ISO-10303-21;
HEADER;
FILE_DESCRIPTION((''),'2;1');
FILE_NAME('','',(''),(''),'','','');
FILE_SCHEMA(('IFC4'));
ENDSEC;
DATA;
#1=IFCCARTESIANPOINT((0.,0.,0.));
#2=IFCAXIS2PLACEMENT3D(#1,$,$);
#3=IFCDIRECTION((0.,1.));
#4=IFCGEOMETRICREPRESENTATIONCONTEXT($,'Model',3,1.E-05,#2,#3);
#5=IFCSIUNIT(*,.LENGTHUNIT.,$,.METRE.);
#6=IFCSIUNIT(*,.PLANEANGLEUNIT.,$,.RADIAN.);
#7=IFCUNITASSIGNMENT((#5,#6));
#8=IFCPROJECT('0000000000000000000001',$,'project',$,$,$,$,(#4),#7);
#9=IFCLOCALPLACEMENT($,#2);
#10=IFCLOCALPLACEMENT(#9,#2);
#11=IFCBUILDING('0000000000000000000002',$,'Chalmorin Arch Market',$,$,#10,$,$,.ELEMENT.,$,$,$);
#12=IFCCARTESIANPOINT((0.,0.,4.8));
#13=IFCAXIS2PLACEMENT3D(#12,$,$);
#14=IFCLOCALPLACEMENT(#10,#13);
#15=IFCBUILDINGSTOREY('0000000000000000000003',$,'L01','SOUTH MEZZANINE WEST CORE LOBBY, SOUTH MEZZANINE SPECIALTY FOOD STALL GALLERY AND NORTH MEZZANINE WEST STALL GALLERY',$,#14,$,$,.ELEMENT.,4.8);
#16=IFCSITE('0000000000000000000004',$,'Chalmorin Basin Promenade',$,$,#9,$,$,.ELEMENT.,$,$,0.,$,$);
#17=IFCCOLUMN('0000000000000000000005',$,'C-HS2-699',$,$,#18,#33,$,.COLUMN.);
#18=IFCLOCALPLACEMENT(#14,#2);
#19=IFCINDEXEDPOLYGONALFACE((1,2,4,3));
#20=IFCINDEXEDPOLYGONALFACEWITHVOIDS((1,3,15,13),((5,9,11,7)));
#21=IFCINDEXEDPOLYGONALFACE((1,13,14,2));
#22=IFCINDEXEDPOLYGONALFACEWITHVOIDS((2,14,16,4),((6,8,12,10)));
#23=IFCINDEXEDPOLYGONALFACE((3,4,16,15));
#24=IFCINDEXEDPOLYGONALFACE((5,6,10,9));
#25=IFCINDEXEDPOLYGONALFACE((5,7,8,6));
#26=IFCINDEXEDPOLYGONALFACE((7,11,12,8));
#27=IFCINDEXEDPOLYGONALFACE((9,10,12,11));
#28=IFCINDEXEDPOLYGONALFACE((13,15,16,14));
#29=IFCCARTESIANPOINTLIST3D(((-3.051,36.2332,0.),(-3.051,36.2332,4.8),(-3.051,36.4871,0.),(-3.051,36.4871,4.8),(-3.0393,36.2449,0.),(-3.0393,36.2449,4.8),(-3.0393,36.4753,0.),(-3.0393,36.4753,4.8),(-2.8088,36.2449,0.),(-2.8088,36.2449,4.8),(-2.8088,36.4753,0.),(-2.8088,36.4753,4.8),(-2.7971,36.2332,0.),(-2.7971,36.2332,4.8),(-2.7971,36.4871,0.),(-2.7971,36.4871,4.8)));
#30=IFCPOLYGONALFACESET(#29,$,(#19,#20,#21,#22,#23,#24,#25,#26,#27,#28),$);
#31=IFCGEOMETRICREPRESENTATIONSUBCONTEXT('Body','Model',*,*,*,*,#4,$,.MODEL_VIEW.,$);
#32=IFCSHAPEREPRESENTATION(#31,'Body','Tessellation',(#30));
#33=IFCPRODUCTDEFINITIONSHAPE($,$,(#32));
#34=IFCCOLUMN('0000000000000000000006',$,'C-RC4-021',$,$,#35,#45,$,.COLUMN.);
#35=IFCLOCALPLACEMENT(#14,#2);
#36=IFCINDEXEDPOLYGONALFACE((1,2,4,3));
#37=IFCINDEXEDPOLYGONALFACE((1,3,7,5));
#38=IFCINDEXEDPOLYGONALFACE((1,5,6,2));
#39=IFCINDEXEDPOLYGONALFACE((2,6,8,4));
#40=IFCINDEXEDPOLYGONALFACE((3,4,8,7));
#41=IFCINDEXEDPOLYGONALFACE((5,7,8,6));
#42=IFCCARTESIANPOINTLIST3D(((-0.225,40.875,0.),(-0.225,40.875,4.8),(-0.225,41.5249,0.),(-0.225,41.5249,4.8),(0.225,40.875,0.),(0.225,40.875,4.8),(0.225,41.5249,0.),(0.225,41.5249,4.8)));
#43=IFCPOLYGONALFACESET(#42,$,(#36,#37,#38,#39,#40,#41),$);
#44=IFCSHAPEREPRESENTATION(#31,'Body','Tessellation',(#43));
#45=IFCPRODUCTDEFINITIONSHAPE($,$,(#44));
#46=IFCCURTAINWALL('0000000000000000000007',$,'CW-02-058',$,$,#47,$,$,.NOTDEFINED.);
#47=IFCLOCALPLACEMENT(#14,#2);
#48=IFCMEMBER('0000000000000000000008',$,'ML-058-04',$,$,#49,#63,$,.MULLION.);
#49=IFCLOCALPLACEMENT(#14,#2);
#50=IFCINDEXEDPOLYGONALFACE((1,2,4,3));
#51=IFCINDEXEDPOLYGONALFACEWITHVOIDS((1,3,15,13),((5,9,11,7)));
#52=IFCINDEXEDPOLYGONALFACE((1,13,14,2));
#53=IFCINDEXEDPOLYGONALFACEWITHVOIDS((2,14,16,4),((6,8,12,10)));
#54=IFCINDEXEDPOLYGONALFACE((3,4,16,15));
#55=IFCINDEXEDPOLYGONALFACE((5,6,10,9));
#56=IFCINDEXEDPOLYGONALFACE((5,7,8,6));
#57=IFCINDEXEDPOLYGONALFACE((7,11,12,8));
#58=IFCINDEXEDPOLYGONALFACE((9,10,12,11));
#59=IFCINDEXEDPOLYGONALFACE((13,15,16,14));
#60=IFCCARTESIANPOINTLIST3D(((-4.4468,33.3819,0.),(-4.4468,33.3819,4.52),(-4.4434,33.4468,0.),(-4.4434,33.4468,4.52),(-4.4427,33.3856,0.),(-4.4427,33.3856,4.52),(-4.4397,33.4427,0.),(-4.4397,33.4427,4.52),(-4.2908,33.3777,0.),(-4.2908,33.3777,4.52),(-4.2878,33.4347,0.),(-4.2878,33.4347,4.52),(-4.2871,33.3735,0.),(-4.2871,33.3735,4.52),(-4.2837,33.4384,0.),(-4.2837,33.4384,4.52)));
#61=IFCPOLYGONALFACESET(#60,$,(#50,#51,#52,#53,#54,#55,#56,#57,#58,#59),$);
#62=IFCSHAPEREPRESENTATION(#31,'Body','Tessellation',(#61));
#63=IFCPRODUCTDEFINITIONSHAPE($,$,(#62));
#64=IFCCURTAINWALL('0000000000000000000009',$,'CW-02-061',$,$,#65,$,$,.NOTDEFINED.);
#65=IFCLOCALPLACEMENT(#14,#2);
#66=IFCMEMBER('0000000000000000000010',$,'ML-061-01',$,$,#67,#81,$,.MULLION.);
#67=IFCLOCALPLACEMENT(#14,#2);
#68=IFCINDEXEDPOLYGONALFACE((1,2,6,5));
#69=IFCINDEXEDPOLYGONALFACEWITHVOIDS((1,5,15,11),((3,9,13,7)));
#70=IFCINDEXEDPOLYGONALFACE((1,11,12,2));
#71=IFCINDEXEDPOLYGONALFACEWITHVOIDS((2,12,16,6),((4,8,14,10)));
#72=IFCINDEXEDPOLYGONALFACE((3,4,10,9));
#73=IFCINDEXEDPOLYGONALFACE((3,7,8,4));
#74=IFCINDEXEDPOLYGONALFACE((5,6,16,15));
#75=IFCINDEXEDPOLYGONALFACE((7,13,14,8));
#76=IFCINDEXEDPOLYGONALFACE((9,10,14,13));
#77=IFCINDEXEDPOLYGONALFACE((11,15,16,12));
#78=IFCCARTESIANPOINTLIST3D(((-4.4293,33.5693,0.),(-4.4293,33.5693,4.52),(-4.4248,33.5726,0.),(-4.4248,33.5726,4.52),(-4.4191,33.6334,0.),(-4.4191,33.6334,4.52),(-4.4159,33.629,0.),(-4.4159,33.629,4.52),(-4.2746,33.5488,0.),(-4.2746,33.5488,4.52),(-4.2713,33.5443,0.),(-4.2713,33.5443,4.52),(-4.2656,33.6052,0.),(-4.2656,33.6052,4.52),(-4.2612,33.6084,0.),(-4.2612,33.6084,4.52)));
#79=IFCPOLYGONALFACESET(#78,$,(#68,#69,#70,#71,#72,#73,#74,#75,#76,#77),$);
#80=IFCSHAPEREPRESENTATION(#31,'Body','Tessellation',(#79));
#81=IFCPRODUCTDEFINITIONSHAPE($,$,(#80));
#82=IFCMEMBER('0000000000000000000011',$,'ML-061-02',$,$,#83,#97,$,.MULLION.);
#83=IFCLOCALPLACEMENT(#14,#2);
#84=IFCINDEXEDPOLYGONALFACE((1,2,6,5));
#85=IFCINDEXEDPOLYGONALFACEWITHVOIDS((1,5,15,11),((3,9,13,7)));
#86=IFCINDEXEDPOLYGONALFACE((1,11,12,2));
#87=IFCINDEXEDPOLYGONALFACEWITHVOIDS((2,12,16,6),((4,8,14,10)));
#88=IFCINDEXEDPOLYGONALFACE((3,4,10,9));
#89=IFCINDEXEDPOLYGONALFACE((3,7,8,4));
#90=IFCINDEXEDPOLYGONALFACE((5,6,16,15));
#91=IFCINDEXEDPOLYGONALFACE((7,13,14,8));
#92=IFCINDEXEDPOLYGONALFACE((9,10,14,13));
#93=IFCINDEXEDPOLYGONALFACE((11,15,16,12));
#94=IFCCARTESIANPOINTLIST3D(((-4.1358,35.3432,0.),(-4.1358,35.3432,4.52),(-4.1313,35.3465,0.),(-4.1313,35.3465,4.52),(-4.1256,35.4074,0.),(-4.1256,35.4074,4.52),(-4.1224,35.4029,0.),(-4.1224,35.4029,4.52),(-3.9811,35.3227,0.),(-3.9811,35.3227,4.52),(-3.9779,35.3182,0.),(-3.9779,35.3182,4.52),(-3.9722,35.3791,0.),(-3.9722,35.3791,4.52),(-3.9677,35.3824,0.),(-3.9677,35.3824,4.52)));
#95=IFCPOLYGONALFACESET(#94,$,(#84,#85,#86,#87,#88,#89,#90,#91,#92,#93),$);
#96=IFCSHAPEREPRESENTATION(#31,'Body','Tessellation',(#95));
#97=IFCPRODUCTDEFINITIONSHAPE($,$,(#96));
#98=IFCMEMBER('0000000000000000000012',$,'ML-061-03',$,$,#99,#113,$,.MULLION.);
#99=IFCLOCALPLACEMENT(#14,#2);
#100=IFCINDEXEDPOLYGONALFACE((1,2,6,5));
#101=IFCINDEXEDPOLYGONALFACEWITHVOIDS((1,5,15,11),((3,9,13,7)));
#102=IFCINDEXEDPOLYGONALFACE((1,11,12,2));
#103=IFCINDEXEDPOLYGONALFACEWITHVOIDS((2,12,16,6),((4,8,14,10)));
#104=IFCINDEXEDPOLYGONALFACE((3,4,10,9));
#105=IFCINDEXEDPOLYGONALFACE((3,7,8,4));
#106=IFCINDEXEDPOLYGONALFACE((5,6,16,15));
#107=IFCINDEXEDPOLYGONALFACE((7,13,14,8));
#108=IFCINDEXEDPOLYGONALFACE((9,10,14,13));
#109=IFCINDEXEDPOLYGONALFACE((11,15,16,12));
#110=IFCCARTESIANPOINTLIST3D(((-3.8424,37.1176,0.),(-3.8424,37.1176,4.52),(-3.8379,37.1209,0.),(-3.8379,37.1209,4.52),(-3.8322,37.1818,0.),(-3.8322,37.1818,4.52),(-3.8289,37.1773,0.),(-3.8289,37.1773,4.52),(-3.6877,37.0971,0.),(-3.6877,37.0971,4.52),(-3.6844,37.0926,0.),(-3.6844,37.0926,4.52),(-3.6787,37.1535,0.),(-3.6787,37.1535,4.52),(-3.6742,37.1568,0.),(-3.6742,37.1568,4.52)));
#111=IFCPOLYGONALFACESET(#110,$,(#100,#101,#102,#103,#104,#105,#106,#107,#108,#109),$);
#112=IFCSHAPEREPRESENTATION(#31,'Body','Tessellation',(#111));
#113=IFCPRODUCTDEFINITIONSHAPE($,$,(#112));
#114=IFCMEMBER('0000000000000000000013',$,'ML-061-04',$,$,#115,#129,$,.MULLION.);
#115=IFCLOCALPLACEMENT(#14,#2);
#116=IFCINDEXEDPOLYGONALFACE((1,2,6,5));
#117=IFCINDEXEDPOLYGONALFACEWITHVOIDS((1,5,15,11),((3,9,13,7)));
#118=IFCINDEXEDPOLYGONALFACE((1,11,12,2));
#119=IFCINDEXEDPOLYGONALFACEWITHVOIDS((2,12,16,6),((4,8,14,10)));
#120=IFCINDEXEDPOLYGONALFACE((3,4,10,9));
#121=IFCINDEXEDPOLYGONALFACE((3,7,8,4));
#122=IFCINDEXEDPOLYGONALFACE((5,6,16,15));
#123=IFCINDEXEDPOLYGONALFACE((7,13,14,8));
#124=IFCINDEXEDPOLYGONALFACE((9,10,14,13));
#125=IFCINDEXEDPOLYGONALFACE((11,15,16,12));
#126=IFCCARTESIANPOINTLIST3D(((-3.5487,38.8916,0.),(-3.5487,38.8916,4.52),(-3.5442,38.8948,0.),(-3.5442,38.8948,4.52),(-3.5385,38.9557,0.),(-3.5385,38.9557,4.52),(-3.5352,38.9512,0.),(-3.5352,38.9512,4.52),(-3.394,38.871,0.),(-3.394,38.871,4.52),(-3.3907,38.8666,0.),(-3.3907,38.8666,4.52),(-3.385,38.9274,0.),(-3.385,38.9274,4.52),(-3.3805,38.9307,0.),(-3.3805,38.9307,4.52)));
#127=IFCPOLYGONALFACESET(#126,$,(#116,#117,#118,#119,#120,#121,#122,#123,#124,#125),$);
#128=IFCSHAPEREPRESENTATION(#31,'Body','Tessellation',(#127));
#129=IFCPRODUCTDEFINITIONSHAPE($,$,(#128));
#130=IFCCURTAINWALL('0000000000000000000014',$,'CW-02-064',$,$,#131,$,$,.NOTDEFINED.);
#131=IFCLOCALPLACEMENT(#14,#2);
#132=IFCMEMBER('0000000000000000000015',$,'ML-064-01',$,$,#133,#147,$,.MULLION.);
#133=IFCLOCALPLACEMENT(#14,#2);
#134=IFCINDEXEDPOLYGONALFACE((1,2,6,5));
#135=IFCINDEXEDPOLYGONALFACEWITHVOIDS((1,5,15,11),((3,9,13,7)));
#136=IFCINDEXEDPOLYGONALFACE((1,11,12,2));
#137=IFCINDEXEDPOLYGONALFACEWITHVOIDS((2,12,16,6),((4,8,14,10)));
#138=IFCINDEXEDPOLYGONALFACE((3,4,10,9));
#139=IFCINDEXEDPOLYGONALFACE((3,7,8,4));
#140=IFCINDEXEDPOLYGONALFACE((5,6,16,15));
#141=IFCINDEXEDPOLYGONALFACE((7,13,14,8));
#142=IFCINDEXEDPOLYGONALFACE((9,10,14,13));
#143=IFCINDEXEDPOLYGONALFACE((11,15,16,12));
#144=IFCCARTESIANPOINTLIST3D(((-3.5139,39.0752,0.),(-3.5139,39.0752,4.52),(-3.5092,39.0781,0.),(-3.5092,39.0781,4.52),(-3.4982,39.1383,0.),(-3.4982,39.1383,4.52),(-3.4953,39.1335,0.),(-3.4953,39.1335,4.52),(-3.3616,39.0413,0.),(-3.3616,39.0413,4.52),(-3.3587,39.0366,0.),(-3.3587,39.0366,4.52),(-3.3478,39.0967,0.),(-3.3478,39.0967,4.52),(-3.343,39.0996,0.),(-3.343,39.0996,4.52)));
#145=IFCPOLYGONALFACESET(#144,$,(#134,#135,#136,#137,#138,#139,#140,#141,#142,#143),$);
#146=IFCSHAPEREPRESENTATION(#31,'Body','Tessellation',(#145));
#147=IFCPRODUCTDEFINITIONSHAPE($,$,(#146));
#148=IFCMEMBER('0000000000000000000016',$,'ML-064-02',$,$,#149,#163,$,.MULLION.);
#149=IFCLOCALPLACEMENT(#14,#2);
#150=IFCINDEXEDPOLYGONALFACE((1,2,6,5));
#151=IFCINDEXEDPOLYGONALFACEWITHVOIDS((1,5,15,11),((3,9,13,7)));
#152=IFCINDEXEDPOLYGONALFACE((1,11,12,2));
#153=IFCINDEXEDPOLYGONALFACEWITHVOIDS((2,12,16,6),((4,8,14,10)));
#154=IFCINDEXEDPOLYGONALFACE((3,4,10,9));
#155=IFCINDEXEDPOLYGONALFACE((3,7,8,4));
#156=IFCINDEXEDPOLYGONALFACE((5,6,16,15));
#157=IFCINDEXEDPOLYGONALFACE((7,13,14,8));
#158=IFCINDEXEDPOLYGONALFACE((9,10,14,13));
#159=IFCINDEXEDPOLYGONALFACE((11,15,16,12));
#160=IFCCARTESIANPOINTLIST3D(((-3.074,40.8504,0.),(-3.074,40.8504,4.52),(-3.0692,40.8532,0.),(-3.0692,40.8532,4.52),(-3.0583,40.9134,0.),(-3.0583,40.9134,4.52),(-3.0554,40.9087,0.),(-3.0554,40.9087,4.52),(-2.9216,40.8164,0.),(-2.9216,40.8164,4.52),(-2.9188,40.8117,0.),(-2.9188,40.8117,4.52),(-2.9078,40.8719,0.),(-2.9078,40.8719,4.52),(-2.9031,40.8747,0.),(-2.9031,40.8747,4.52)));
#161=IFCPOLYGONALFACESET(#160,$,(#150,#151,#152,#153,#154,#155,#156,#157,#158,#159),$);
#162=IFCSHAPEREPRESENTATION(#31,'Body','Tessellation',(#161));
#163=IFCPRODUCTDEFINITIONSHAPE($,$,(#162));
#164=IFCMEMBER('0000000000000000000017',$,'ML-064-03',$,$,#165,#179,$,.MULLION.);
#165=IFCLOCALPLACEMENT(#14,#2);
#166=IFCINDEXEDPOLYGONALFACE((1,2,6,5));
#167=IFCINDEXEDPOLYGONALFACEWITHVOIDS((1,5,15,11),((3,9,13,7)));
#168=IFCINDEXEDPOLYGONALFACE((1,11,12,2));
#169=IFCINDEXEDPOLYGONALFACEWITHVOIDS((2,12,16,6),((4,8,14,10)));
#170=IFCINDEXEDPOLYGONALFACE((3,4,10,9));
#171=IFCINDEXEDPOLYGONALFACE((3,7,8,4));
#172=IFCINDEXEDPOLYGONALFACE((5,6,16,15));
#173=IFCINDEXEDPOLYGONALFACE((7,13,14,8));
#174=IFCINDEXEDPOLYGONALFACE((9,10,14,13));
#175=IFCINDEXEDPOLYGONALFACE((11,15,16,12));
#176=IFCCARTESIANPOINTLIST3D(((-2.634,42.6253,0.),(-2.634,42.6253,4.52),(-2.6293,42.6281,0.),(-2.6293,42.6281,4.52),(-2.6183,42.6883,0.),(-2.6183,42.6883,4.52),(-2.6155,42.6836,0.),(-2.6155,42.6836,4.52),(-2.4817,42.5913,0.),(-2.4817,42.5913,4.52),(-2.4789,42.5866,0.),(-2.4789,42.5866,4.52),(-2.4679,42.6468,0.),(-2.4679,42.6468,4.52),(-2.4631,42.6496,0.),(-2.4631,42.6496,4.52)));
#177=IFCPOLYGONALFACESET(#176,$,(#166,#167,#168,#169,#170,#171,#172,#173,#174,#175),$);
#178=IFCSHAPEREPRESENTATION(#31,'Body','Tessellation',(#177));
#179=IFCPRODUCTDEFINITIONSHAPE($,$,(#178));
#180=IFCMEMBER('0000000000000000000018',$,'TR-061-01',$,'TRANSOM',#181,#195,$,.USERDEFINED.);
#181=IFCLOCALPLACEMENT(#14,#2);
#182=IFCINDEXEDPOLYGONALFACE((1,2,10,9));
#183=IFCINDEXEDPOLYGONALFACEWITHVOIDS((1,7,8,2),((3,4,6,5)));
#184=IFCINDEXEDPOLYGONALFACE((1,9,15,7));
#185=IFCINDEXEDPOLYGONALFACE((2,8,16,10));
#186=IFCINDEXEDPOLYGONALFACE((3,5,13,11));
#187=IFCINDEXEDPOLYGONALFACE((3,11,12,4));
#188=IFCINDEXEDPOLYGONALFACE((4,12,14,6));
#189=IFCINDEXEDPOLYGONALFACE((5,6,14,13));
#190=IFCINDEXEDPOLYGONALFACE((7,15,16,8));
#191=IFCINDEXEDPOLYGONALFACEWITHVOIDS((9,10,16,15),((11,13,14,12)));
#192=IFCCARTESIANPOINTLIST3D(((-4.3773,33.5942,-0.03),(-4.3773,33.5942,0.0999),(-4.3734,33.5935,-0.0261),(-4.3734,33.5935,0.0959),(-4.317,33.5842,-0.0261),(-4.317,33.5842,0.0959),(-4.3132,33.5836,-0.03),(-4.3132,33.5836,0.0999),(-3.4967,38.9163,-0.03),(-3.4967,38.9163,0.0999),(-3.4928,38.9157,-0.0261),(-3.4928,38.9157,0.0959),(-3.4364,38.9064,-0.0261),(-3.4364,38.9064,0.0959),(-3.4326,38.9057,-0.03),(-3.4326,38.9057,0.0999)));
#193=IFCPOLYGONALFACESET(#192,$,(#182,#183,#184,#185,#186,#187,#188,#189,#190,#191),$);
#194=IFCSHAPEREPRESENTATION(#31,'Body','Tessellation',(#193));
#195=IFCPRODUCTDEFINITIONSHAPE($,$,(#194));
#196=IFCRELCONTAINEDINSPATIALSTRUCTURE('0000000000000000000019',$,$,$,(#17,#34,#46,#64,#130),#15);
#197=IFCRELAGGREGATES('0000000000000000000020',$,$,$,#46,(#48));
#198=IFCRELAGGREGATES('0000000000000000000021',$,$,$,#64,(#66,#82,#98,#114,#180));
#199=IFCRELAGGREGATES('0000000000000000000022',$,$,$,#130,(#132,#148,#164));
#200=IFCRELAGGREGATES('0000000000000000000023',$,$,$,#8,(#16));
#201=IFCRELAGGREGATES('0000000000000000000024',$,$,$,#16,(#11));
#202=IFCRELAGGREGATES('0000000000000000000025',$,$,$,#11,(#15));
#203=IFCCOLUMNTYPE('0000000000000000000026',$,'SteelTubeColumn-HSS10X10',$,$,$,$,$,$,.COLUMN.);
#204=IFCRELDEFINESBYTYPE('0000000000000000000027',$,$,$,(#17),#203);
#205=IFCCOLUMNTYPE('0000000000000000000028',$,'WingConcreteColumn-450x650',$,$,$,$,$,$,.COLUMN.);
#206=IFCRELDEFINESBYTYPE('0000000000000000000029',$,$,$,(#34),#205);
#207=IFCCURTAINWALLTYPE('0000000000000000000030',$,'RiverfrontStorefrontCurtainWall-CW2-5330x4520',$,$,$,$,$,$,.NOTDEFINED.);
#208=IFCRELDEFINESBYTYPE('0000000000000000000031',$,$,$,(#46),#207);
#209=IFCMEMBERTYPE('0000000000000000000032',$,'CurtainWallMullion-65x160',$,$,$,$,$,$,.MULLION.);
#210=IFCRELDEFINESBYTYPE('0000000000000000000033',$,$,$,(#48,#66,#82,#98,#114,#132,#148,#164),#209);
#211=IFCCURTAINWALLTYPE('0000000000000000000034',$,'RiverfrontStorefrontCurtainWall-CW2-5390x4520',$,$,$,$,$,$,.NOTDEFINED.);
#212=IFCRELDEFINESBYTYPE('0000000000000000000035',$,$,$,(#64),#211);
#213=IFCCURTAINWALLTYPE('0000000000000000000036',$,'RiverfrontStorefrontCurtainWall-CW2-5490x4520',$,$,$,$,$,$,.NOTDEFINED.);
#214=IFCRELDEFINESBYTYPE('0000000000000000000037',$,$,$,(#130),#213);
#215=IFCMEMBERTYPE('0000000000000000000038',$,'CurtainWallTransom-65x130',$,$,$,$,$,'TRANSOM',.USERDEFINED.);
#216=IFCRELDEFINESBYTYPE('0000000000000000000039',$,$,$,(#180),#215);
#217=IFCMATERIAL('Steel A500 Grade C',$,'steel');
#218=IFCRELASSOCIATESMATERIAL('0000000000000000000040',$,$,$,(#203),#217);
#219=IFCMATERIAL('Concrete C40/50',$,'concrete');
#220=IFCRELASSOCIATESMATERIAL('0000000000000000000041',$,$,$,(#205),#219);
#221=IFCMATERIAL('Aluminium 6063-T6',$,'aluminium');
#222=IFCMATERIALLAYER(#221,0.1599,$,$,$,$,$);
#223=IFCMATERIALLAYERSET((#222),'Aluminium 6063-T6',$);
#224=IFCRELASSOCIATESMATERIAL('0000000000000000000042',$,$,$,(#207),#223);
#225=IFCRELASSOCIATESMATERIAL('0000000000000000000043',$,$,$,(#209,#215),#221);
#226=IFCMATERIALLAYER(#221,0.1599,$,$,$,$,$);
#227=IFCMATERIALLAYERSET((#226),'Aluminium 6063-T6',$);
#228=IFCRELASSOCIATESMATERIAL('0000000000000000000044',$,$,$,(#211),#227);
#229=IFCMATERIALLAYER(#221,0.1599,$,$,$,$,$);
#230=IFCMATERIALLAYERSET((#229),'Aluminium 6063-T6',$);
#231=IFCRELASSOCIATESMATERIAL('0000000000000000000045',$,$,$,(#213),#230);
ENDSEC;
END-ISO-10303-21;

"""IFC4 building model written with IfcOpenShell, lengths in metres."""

from ifc_helpers import new_model, si_unit, direction, frame, origin, origin_2d, place, context, subcontext, project, spatial, rectangle, hollow_rectangle, extrude, material, layer, layer_set, material_profile, profile_set, type_object, element, aggregate, save


model = new_model("IFC4")

# Units and contexts
model_context = context("Model", 3, precision=1e-05, world=origin(), true_north=direction((0.0, 1.0)))
body_context = subcontext(model_context, "Body", "Model", "MODEL_VIEW")
ifc_project = project(units=[si_unit("LENGTHUNIT", "METRE"), si_unit("PLANEANGLEUNIT", "RADIAN")], contexts=[model_context])

# Site, building, storey
site_placement = place(None, origin())
site = spatial("IfcSite", under=ifc_project, at=site_placement, Name="Chalmorin Basin Promenade", CompositionType="ELEMENT", RefElevation=0.0)
building_placement = place(site_placement, origin())
building = spatial("IfcBuilding", under=site, at=building_placement, Name="Chalmorin Arch Market", CompositionType="ELEMENT")
storey_placement = place(building_placement, frame((0.0, 0.0, 4.8)))
storey = spatial("IfcBuildingStorey", under=building, at=storey_placement, Name="L01", Description="SOUTH MEZZANINE WEST CORE LOBBY, SOUTH MEZZANINE SPECIALTY FOOD STALL GALLERY AND NORTH MEZZANINE WEST STALL GALLERY", CompositionType="ELEMENT", Elevation=4.8)

# Columns
ifc_material_1 = material(Name="Steel A500 Grade C", Category="steel")
ifc_material_profile_1 = material_profile(ifc_material_1, hollow_rectangle(XDim=0.2539, YDim=0.2539, WallThickness=0.0117, at=origin_2d()), Name="HSS10X10X1/2")
ifc_profile_set_1 = profile_set([ifc_material_profile_1], Name="Steel A500 Grade C")
column_type_1 = type_object("IfcColumnType", Name="SteelTubeColumn-HSS10X10", PredefinedType="COLUMN", material=ifc_profile_set_1)
column_1_placement = place(storey_placement, frame((-2.9241, 36.3601, 0.0), z_axis=(0.0, 0.0, 1.0), x_axis=(1.0, 0.0, 0.0)))
element("IfcColumn", 1, at=column_1_placement, inside=storey, type_object=column_type_1, Name="C-HS2-699", PredefinedType="COLUMN", context=body_context, shape_type="SweptSolid", body=[
    extrude(hollow_rectangle(XDim=0.2539, YDim=0.2539, WallThickness=0.0117, at=origin_2d()), origin(), (0.0, 0.0, 1.0), 4.8),
])
ifc_material_2 = material(Name="Concrete C40/50", Category="concrete")
ifc_material_profile_2 = material_profile(ifc_material_2, rectangle(XDim=0.45, YDim=0.6499, at=origin_2d()), Name="RC450X650")
ifc_profile_set_2 = profile_set([ifc_material_profile_2], Name="Concrete C40/50")
column_type_2 = type_object("IfcColumnType", Name="WingConcreteColumn-450x650", PredefinedType="COLUMN", material=ifc_profile_set_2)
column_2_placement = place(storey_placement, frame((0.0, 41.2, 0.0), z_axis=(0.0, 0.0, 1.0), x_axis=(1.0, 0.0, 0.0)))
element("IfcColumn", 2, at=column_2_placement, inside=storey, type_object=column_type_2, Name="C-RC4-021", PredefinedType="COLUMN", context=body_context, shape_type="SweptSolid", body=[
    extrude(rectangle(XDim=0.45, YDim=0.6499, at=origin_2d()), origin(), (0.0, 0.0, 1.0), 4.8),
])

# Curtain wall, member
ifc_material_3 = material(Name="Aluminium 6063-T6", Category="aluminium")
ifc_layer_1 = layer(ifc_material_3, 0.1599)
ifc_layer_set_1 = layer_set([ifc_layer_1], Name="Aluminium 6063-T6")
curtain_wall_type_1 = type_object("IfcCurtainWallType", Name="RiverfrontStorefrontCurtainWall-CW2-5330x4520", PredefinedType="NOTDEFINED", material=ifc_layer_set_1)
curtain_wall_1_placement = place(storey_placement, origin())
curtain_wall_1 = element("IfcCurtainWall", 3, at=curtain_wall_1_placement, inside=storey, type_object=curtain_wall_type_1, Name="CW-02-058", PredefinedType="NOTDEFINED")
ifc_material_profile_3 = material_profile(ifc_material_3, hollow_rectangle(XDim=0.0649, YDim=0.1599, WallThickness=0.0039, at=origin_2d()), Name="ALU65X160X4")
ifc_profile_set_3 = profile_set([ifc_material_profile_3], Name="Aluminium 6063-T6")
member_type_1 = type_object("IfcMemberType", Name="CurtainWallMullion-65x160", PredefinedType="MULLION", material=ifc_profile_set_3)
member_1_placement = place(storey_placement, frame((-4.3652, 33.4102, 0.0), z_axis=(0.0, 0.0, 1.0), x_axis=(0.052336, 0.99863, 0.0)))
member_1 = element("IfcMember", 4, at=member_1_placement, type_object=member_type_1, Name="ML-058-04", PredefinedType="MULLION", context=body_context, shape_type="SweptSolid", body=[
    extrude(hollow_rectangle(XDim=0.0649, YDim=0.1599, WallThickness=0.0039, at=origin_2d()), origin(), (0.0, 0.0, 1.0), 4.52),
])

# Curtain walls, members
ifc_layer_2 = layer(ifc_material_3, 0.1599)
ifc_layer_set_2 = layer_set([ifc_layer_2], Name="Aluminium 6063-T6")
curtain_wall_type_2 = type_object("IfcCurtainWallType", Name="RiverfrontStorefrontCurtainWall-CW2-5390x4520", PredefinedType="NOTDEFINED", material=ifc_layer_set_2)
curtain_wall_2_placement = place(storey_placement, origin())
curtain_wall_2 = element("IfcCurtainWall", 5, at=curtain_wall_2_placement, inside=storey, type_object=curtain_wall_type_2, Name="CW-02-061", PredefinedType="NOTDEFINED")
member_2_placement = place(storey_placement, frame((-4.3452, 33.5889, 0.0), z_axis=(0.0, 0.0, 1.0), x_axis=(0.156434, 0.987688, 0.0)))
member_2 = element("IfcMember", 6, at=member_2_placement, type_object=member_type_1, Name="ML-061-01", PredefinedType="MULLION", context=body_context, shape_type="SweptSolid", body=[
    extrude(hollow_rectangle(XDim=0.0649, YDim=0.1599, WallThickness=0.0039, at=origin_2d()), origin(), (0.0, 0.0, 1.0), 4.52),
])
member_3_placement = place(storey_placement, frame((-4.0518, 35.3628, 0.0), z_axis=(0.0, 0.0, 1.0), x_axis=(0.156434, 0.987688, 0.0)))
member_3 = element("IfcMember", 7, at=member_3_placement, type_object=member_type_1, Name="ML-061-02", PredefinedType="MULLION", context=body_context, shape_type="SweptSolid", body=[
    extrude(hollow_rectangle(XDim=0.0649, YDim=0.1599, WallThickness=0.0039, at=origin_2d()), origin(), (0.0, 0.0, 1.0), 4.52),
])
member_4_placement = place(storey_placement, frame((-3.7583, 37.1372, 0.0), z_axis=(0.0, 0.0, 1.0), x_axis=(0.156434, 0.987688, 0.0)))
member_4 = element("IfcMember", 8, at=member_4_placement, type_object=member_type_1, Name="ML-061-03", PredefinedType="MULLION", context=body_context, shape_type="SweptSolid", body=[
    extrude(hollow_rectangle(XDim=0.0649, YDim=0.1599, WallThickness=0.0039, at=origin_2d()), origin(), (0.0, 0.0, 1.0), 4.52),
])
member_5_placement = place(storey_placement, frame((-3.4646, 38.9111, 0.0), z_axis=(0.0, 0.0, 1.0), x_axis=(0.156434, 0.987688, 0.0)))
member_5 = element("IfcMember", 9, at=member_5_placement, type_object=member_type_1, Name="ML-061-04", PredefinedType="MULLION", context=body_context, shape_type="SweptSolid", body=[
    extrude(hollow_rectangle(XDim=0.0649, YDim=0.1599, WallThickness=0.0039, at=origin_2d()), origin(), (0.0, 0.0, 1.0), 4.52),
])
ifc_layer_3 = layer(ifc_material_3, 0.1599)
ifc_layer_set_3 = layer_set([ifc_layer_3], Name="Aluminium 6063-T6")
curtain_wall_type_3 = type_object("IfcCurtainWallType", Name="RiverfrontStorefrontCurtainWall-CW2-5490x4520", PredefinedType="NOTDEFINED", material=ifc_layer_set_3)
curtain_wall_3_placement = place(storey_placement, origin())
curtain_wall_3 = element("IfcCurtainWall", 10, at=curtain_wall_3_placement, inside=storey, type_object=curtain_wall_type_3, Name="CW-02-064", PredefinedType="NOTDEFINED")
member_6_placement = place(storey_placement, frame((-3.4285, 39.0874, 0.0), z_axis=(0.0, 0.0, 1.0), x_axis=(0.241922, 0.970296, 0.0)))
member_6 = element("IfcMember", 11, at=member_6_placement, type_object=member_type_1, Name="ML-064-01", PredefinedType="MULLION", context=body_context, shape_type="SweptSolid", body=[
    extrude(hollow_rectangle(XDim=0.0649, YDim=0.1599, WallThickness=0.0039, at=origin_2d()), origin(), (0.0, 0.0, 1.0), 4.52),
])
member_7_placement = place(storey_placement, frame((-2.9885, 40.8625, 0.0), z_axis=(0.0, 0.0, 1.0), x_axis=(0.241922, 0.970296, 0.0)))
member_7 = element("IfcMember", 12, at=member_7_placement, type_object=member_type_1, Name="ML-064-02", PredefinedType="MULLION", context=body_context, shape_type="SweptSolid", body=[
    extrude(hollow_rectangle(XDim=0.0649, YDim=0.1599, WallThickness=0.0039, at=origin_2d()), origin(), (0.0, 0.0, 1.0), 4.52),
])
member_8_placement = place(storey_placement, frame((-2.5486, 42.6375, 0.0), z_axis=(0.0, 0.0, 1.0), x_axis=(0.241922, 0.970296, 0.0)))
member_8 = element("IfcMember", 13, at=member_8_placement, type_object=member_type_1, Name="ML-064-03", PredefinedType="MULLION", context=body_context, shape_type="SweptSolid", body=[
    extrude(hollow_rectangle(XDim=0.0649, YDim=0.1599, WallThickness=0.0039, at=origin_2d()), origin(), (0.0, 0.0, 1.0), 4.52),
])

# Member
ifc_material_profile_4 = material_profile(ifc_material_3, hollow_rectangle(XDim=0.0649, YDim=0.1299, WallThickness=0.0039, at=origin_2d()), Name="ALU65X130X4")
ifc_profile_set_4 = profile_set([ifc_material_profile_4], Name="Aluminium 6063-T6")
member_type_2 = type_object("IfcMemberType", Name="CurtainWallTransom-65x130", ElementType="TRANSOM", PredefinedType="USERDEFINED", material=ifc_profile_set_4)
member_9_placement = place(storey_placement, frame((-4.3452, 33.5889, 0.0349), z_axis=(0.163239, 0.986586, 0.0), x_axis=(-0.986586, 0.163239, 0.0)))
member_9 = element("IfcMember", 14, at=member_9_placement, type_object=member_type_2, Name="TR-061-01", ObjectType="TRANSOM", PredefinedType="USERDEFINED", context=body_context, shape_type="SweptSolid", body=[
    extrude(hollow_rectangle(XDim=0.0649, YDim=0.1299, WallThickness=0.0039, at=origin_2d()), origin(), (0.0, 0.0, 1.0), 5.3945),
])

aggregate(curtain_wall_1, [member_1])
aggregate(curtain_wall_2, [member_2, member_3, member_4, member_5, member_9])
aggregate(curtain_wall_3, [member_6, member_7, member_8])

save(model, "model.ifc")
